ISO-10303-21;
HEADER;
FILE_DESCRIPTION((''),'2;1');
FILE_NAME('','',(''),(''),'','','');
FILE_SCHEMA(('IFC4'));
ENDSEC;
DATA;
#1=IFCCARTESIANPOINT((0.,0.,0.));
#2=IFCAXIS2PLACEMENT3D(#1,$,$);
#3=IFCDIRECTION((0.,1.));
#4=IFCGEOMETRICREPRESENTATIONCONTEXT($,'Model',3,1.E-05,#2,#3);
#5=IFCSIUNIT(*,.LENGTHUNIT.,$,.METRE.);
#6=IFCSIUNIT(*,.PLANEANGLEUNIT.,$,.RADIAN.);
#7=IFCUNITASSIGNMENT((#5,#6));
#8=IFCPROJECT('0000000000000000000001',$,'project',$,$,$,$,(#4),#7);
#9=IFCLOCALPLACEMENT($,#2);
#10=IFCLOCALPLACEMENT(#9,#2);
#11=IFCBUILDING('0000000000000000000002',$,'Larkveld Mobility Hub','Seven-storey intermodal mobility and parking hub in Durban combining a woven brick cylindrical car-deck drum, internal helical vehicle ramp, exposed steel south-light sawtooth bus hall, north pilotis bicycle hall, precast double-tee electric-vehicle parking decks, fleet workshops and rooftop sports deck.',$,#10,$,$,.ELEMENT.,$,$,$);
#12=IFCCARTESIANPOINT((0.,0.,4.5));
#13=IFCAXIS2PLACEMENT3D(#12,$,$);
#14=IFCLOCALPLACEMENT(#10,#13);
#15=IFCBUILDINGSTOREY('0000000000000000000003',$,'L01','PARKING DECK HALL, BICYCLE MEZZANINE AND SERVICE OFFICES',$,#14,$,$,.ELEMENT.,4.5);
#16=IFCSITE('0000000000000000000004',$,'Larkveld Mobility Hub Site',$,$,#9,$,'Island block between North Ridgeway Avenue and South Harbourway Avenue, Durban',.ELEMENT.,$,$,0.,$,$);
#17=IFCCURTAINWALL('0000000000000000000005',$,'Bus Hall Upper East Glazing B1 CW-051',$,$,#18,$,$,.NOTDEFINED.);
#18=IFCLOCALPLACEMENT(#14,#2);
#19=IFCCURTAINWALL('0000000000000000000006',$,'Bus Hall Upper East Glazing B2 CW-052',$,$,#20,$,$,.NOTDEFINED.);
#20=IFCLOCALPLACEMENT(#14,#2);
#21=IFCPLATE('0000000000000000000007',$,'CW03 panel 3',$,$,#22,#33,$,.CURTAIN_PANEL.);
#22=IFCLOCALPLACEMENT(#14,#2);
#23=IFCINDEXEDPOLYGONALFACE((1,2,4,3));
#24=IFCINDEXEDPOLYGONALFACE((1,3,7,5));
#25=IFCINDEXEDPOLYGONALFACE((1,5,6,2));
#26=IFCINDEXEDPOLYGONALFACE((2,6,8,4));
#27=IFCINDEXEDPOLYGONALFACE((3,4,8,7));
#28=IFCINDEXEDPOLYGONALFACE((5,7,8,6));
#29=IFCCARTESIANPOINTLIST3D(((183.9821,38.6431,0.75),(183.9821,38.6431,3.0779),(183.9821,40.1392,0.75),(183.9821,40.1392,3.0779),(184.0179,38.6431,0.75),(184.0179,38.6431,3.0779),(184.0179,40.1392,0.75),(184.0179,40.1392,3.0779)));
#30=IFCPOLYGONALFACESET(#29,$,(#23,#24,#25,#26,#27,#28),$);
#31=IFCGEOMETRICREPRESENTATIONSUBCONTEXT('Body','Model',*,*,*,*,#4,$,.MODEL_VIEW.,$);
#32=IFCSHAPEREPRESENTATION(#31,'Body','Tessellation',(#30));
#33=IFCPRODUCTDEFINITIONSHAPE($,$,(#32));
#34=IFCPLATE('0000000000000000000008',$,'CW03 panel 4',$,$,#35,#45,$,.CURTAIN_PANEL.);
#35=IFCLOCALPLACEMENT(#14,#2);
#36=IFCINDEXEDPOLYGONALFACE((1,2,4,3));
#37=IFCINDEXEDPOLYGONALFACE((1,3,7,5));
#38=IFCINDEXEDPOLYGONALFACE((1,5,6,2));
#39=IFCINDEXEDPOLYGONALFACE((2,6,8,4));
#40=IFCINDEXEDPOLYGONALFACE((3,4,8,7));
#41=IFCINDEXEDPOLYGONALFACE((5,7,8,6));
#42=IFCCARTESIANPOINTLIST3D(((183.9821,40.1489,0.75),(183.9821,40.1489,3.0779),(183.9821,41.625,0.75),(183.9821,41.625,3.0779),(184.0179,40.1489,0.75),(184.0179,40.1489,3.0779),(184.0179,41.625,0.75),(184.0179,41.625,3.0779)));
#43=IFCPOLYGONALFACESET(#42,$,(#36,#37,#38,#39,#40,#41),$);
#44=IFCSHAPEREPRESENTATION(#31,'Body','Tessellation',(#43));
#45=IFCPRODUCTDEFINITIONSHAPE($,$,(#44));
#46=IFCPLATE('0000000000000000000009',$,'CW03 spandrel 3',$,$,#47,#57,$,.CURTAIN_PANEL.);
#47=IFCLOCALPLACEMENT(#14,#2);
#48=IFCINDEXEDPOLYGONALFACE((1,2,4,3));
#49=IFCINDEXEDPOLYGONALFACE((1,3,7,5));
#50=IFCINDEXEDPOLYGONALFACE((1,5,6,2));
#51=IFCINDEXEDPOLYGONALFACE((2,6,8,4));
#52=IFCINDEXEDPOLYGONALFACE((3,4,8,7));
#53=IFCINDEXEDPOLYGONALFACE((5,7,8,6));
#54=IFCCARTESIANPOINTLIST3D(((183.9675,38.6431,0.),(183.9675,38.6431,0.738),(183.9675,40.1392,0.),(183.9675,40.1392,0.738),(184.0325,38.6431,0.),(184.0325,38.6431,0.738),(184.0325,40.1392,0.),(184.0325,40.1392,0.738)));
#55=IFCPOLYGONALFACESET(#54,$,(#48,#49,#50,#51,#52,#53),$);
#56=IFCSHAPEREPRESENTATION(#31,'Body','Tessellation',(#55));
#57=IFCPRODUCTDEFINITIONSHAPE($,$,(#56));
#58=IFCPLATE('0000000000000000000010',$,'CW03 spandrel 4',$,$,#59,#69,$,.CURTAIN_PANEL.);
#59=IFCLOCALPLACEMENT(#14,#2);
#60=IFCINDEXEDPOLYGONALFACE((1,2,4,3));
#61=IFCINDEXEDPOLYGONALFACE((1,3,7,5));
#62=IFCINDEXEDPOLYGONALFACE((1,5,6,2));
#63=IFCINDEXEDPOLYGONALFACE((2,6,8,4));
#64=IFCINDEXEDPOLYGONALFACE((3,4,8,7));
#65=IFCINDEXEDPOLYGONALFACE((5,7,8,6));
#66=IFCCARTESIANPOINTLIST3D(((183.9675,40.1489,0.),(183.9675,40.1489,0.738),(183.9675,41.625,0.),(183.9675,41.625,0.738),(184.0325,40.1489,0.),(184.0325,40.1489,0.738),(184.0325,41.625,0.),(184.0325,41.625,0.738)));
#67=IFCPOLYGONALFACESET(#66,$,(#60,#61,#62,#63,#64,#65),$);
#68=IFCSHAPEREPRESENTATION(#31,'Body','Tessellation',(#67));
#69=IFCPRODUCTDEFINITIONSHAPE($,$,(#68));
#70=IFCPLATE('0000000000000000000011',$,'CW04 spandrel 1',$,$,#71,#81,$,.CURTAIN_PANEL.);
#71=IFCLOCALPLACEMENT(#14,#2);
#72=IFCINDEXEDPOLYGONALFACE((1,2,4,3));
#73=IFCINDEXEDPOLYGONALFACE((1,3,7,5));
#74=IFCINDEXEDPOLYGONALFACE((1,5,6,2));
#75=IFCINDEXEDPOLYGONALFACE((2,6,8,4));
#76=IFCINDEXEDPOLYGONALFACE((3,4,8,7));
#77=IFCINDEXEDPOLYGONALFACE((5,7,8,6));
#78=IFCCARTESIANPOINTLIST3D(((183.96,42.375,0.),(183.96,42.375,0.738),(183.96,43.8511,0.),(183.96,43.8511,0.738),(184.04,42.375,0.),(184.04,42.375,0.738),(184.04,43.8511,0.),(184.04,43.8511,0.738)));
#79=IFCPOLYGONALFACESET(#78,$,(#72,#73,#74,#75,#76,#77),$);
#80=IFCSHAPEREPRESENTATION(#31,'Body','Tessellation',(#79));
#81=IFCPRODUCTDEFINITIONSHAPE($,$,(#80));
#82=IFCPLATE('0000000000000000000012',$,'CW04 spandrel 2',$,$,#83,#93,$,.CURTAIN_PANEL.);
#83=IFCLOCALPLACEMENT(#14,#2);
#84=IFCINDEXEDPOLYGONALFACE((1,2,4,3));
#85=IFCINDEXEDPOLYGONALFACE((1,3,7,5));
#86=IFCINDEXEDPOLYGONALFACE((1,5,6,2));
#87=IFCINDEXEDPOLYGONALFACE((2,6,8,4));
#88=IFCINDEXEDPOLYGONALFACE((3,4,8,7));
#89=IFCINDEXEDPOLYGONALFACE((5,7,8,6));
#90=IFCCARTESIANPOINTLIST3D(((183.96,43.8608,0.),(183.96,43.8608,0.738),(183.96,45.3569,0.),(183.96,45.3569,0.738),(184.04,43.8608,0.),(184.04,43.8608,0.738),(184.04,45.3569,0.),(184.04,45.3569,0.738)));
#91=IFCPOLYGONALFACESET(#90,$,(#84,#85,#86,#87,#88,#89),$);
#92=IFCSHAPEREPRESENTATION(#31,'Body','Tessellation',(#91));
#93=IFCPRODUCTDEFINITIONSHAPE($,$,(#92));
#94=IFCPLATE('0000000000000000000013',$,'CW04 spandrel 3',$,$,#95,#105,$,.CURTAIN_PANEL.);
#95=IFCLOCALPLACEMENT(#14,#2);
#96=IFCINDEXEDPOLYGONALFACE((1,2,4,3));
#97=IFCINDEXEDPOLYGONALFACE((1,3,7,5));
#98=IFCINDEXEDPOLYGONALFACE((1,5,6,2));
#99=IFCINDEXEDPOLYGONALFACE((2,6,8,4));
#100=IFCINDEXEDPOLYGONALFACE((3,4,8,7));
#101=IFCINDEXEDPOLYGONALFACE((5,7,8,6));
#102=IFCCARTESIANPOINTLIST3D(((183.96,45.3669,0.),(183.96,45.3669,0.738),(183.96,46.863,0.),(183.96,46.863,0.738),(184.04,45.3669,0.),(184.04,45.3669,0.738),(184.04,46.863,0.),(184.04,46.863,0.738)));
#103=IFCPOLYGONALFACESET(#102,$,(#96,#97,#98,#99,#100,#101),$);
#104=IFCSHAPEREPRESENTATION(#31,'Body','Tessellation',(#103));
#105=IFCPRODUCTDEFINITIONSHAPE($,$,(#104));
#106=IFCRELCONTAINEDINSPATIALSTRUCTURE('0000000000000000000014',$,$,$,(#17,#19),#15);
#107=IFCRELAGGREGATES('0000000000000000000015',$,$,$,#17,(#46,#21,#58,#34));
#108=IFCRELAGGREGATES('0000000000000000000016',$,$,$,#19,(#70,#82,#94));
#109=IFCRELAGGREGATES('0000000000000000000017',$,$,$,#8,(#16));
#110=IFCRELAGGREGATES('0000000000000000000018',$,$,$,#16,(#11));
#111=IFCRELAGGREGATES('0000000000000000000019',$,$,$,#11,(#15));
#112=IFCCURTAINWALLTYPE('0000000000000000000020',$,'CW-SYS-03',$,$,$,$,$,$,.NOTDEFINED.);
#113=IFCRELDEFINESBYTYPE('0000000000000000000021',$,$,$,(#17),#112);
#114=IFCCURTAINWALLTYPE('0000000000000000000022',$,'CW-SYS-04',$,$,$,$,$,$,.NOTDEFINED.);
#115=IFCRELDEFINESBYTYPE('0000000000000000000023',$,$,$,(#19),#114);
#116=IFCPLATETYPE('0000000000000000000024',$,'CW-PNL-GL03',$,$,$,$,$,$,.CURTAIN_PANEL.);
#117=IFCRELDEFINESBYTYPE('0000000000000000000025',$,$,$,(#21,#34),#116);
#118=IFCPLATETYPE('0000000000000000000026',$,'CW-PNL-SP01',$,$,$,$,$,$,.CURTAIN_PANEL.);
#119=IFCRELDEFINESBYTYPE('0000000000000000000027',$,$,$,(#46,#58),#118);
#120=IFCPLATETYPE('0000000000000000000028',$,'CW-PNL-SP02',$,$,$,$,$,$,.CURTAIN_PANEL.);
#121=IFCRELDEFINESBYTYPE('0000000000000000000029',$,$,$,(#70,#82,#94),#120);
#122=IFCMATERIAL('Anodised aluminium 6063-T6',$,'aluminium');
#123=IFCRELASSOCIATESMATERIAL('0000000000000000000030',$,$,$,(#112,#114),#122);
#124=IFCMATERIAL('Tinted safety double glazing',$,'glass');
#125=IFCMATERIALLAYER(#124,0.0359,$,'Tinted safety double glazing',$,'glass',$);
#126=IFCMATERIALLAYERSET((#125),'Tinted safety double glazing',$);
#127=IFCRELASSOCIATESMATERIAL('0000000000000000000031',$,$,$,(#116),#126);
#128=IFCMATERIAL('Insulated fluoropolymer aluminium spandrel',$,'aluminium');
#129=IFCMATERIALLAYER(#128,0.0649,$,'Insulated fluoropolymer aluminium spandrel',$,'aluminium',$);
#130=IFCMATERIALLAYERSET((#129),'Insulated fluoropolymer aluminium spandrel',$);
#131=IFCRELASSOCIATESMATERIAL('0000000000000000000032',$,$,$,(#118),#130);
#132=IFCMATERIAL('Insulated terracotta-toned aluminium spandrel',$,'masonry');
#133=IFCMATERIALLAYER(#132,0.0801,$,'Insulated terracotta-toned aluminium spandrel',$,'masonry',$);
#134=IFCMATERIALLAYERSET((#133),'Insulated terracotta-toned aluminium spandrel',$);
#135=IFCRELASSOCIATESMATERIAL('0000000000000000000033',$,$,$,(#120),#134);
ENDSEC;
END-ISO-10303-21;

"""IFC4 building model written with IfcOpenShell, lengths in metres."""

from ifc_helpers import new_model, si_unit, direction, frame, origin, origin_2d, place, context, subcontext, project, spatial, rectangle, extrude, material, layer, layer_set, type_object, element, aggregate, save


model = new_model("IFC4")

# Units and contexts
model_context = context("Model", 3, precision=1e-05, world=origin(), true_north=direction((0.0, 1.0)))
body_context = subcontext(model_context, "Body", "Model", "MODEL_VIEW")
ifc_project = project(units=[si_unit("LENGTHUNIT", "METRE"), si_unit("PLANEANGLEUNIT", "RADIAN")], contexts=[model_context])

# Site, building, storey
site_placement = place(None, origin())
site = spatial("IfcSite", under=ifc_project, at=site_placement, Name="Larkveld Mobility Hub Site", LongName="Island block between North Ridgeway Avenue and South Harbourway Avenue, Durban", CompositionType="ELEMENT", RefElevation=0.0)
building_placement = place(site_placement, origin())
building = spatial("IfcBuilding", under=site, at=building_placement, Name="Larkveld Mobility Hub", Description="Seven-storey intermodal mobility and parking hub in Durban combining a woven brick cylindrical car-deck drum, internal helical vehicle ramp, exposed steel south-light sawtooth bus hall, north pilotis bicycle hall, precast double-tee electric-vehicle parking decks, fleet workshops and rooftop sports deck.", CompositionType="ELEMENT")
storey_placement = place(building_placement, frame((0.0, 0.0, 4.5)))
storey = spatial("IfcBuildingStorey", under=building, at=storey_placement, Name="L01", Description="PARKING DECK HALL, BICYCLE MEZZANINE AND SERVICE OFFICES", CompositionType="ELEMENT", Elevation=4.5)

# Curtain walls
ifc_material_1 = material(Name="Anodised aluminium 6063-T6", Category="aluminium")
curtain_wall_type_1 = type_object("IfcCurtainWallType", Name="CW-SYS-03", PredefinedType="NOTDEFINED", material=ifc_material_1)
curtain_wall_1_placement = place(storey_placement, origin())
curtain_wall_1 = element("IfcCurtainWall", 1, at=curtain_wall_1_placement, inside=storey, type_object=curtain_wall_type_1, Name="Bus Hall Upper East Glazing B1 CW-051", PredefinedType="NOTDEFINED")
curtain_wall_type_2 = type_object("IfcCurtainWallType", Name="CW-SYS-04", PredefinedType="NOTDEFINED", material=ifc_material_1)
curtain_wall_2_placement = place(storey_placement, origin())
curtain_wall_2 = element("IfcCurtainWall", 2, at=curtain_wall_2_placement, inside=storey, type_object=curtain_wall_type_2, Name="Bus Hall Upper East Glazing B2 CW-052", PredefinedType="NOTDEFINED")

# Plates
ifc_material_2 = material(Name="Tinted safety double glazing", Category="glass")
ifc_layer_1 = layer(ifc_material_2, 0.0359, Name="Tinted safety double glazing", Category="glass")
ifc_layer_set_1 = layer_set([ifc_layer_1], Name="Tinted safety double glazing")
plate_type_1 = type_object("IfcPlateType", Name="CW-PNL-GL03", PredefinedType="CURTAIN_PANEL", material=ifc_layer_set_1)
plate_1_placement = place(storey_placement, frame((184.0, 39.3911, 0.75), z_axis=(0.0, 0.0, 1.0), x_axis=(0.0, 1.0, 0.0)))
plate_1 = element("IfcPlate", 3, at=plate_1_placement, type_object=plate_type_1, Name="CW03 panel 3", PredefinedType="CURTAIN_PANEL", context=body_context, shape_type="SweptSolid", body=[
    extrude(rectangle(XDim=1.4961, YDim=0.0359, at=origin_2d()), origin(), (0.0, 0.0, 1.0), 2.3279),
])
plate_2_placement = place(storey_placement, frame((184.0, 40.887, 0.75), z_axis=(0.0, 0.0, 1.0), x_axis=(0.0, 1.0, 0.0)))
plate_2 = element("IfcPlate", 4, at=plate_2_placement, type_object=plate_type_1, Name="CW03 panel 4", PredefinedType="CURTAIN_PANEL", context=body_context, shape_type="SweptSolid", body=[
    extrude(rectangle(XDim=1.4761, YDim=0.0359, at=origin_2d()), origin(), (0.0, 0.0, 1.0), 2.3279),
])
ifc_material_3 = material(Name="Insulated fluoropolymer aluminium spandrel", Category="aluminium")
ifc_layer_2 = layer(ifc_material_3, 0.0649, Name="Insulated fluoropolymer aluminium spandrel", Category="aluminium")
ifc_layer_set_2 = layer_set([ifc_layer_2], Name="Insulated fluoropolymer aluminium spandrel")
plate_type_2 = type_object("IfcPlateType", Name="CW-PNL-SP01", PredefinedType="CURTAIN_PANEL", material=ifc_layer_set_2)
plate_3_placement = place(storey_placement, frame((184.0, 39.3911, 0.0), z_axis=(0.0, 0.0, 1.0), x_axis=(0.0, 1.0, 0.0)))
plate_3 = element("IfcPlate", 5, at=plate_3_placement, type_object=plate_type_2, Name="CW03 spandrel 3", PredefinedType="CURTAIN_PANEL", context=body_context, shape_type="SweptSolid", body=[
    extrude(rectangle(XDim=1.4961, YDim=0.0649, at=origin_2d()), origin(), (0.0, 0.0, 1.0), 0.738),
])
plate_4_placement = place(storey_placement, frame((184.0, 40.887, 0.0), z_axis=(0.0, 0.0, 1.0), x_axis=(0.0, 1.0, 0.0)))
plate_4 = element("IfcPlate", 6, at=plate_4_placement, type_object=plate_type_2, Name="CW03 spandrel 4", PredefinedType="CURTAIN_PANEL", context=body_context, shape_type="SweptSolid", body=[
    extrude(rectangle(XDim=1.4761, YDim=0.0649, at=origin_2d()), origin(), (0.0, 0.0, 1.0), 0.738),
])
aggregate(curtain_wall_1, [plate_3, plate_1, plate_4, plate_2])
ifc_material_4 = material(Name="Insulated terracotta-toned aluminium spandrel", Category="masonry")
ifc_layer_3 = layer(ifc_material_4, 0.0801, Name="Insulated terracotta-toned aluminium spandrel", Category="masonry")
ifc_layer_set_3 = layer_set([ifc_layer_3], Name="Insulated terracotta-toned aluminium spandrel")
plate_type_3 = type_object("IfcPlateType", Name="CW-PNL-SP02", PredefinedType="CURTAIN_PANEL", material=ifc_layer_set_3)
plate_5_placement = place(storey_placement, frame((184.0, 43.113, 0.0), z_axis=(0.0, 0.0, 1.0), x_axis=(0.0, 1.0, 0.0)))
plate_5 = element("IfcPlate", 7, at=plate_5_placement, type_object=plate_type_3, Name="CW04 spandrel 1", PredefinedType="CURTAIN_PANEL", context=body_context, shape_type="SweptSolid", body=[
    extrude(rectangle(XDim=1.4761, YDim=0.0801, at=origin_2d()), origin(), (0.0, 0.0, 1.0), 0.738),
])
plate_6_placement = place(storey_placement, frame((184.0, 44.6089, 0.0), z_axis=(0.0, 0.0, 1.0), x_axis=(0.0, 1.0, 0.0)))
plate_6 = element("IfcPlate", 8, at=plate_6_placement, type_object=plate_type_3, Name="CW04 spandrel 2", PredefinedType="CURTAIN_PANEL", context=body_context, shape_type="SweptSolid", body=[
    extrude(rectangle(XDim=1.4961, YDim=0.0801, at=origin_2d()), origin(), (0.0, 0.0, 1.0), 0.738),
])
plate_7_placement = place(storey_placement, frame((184.0, 46.115, 0.0), z_axis=(0.0, 0.0, 1.0), x_axis=(0.0, 1.0, 0.0)))
plate_7 = element("IfcPlate", 9, at=plate_7_placement, type_object=plate_type_3, Name="CW04 spandrel 3", PredefinedType="CURTAIN_PANEL", context=body_context, shape_type="SweptSolid", body=[
    extrude(rectangle(XDim=1.4961, YDim=0.0801, at=origin_2d()), origin(), (0.0, 0.0, 1.0), 0.738),
])
aggregate(curtain_wall_2, [plate_5, plate_6, plate_7])

save(model, "model.ifc")
